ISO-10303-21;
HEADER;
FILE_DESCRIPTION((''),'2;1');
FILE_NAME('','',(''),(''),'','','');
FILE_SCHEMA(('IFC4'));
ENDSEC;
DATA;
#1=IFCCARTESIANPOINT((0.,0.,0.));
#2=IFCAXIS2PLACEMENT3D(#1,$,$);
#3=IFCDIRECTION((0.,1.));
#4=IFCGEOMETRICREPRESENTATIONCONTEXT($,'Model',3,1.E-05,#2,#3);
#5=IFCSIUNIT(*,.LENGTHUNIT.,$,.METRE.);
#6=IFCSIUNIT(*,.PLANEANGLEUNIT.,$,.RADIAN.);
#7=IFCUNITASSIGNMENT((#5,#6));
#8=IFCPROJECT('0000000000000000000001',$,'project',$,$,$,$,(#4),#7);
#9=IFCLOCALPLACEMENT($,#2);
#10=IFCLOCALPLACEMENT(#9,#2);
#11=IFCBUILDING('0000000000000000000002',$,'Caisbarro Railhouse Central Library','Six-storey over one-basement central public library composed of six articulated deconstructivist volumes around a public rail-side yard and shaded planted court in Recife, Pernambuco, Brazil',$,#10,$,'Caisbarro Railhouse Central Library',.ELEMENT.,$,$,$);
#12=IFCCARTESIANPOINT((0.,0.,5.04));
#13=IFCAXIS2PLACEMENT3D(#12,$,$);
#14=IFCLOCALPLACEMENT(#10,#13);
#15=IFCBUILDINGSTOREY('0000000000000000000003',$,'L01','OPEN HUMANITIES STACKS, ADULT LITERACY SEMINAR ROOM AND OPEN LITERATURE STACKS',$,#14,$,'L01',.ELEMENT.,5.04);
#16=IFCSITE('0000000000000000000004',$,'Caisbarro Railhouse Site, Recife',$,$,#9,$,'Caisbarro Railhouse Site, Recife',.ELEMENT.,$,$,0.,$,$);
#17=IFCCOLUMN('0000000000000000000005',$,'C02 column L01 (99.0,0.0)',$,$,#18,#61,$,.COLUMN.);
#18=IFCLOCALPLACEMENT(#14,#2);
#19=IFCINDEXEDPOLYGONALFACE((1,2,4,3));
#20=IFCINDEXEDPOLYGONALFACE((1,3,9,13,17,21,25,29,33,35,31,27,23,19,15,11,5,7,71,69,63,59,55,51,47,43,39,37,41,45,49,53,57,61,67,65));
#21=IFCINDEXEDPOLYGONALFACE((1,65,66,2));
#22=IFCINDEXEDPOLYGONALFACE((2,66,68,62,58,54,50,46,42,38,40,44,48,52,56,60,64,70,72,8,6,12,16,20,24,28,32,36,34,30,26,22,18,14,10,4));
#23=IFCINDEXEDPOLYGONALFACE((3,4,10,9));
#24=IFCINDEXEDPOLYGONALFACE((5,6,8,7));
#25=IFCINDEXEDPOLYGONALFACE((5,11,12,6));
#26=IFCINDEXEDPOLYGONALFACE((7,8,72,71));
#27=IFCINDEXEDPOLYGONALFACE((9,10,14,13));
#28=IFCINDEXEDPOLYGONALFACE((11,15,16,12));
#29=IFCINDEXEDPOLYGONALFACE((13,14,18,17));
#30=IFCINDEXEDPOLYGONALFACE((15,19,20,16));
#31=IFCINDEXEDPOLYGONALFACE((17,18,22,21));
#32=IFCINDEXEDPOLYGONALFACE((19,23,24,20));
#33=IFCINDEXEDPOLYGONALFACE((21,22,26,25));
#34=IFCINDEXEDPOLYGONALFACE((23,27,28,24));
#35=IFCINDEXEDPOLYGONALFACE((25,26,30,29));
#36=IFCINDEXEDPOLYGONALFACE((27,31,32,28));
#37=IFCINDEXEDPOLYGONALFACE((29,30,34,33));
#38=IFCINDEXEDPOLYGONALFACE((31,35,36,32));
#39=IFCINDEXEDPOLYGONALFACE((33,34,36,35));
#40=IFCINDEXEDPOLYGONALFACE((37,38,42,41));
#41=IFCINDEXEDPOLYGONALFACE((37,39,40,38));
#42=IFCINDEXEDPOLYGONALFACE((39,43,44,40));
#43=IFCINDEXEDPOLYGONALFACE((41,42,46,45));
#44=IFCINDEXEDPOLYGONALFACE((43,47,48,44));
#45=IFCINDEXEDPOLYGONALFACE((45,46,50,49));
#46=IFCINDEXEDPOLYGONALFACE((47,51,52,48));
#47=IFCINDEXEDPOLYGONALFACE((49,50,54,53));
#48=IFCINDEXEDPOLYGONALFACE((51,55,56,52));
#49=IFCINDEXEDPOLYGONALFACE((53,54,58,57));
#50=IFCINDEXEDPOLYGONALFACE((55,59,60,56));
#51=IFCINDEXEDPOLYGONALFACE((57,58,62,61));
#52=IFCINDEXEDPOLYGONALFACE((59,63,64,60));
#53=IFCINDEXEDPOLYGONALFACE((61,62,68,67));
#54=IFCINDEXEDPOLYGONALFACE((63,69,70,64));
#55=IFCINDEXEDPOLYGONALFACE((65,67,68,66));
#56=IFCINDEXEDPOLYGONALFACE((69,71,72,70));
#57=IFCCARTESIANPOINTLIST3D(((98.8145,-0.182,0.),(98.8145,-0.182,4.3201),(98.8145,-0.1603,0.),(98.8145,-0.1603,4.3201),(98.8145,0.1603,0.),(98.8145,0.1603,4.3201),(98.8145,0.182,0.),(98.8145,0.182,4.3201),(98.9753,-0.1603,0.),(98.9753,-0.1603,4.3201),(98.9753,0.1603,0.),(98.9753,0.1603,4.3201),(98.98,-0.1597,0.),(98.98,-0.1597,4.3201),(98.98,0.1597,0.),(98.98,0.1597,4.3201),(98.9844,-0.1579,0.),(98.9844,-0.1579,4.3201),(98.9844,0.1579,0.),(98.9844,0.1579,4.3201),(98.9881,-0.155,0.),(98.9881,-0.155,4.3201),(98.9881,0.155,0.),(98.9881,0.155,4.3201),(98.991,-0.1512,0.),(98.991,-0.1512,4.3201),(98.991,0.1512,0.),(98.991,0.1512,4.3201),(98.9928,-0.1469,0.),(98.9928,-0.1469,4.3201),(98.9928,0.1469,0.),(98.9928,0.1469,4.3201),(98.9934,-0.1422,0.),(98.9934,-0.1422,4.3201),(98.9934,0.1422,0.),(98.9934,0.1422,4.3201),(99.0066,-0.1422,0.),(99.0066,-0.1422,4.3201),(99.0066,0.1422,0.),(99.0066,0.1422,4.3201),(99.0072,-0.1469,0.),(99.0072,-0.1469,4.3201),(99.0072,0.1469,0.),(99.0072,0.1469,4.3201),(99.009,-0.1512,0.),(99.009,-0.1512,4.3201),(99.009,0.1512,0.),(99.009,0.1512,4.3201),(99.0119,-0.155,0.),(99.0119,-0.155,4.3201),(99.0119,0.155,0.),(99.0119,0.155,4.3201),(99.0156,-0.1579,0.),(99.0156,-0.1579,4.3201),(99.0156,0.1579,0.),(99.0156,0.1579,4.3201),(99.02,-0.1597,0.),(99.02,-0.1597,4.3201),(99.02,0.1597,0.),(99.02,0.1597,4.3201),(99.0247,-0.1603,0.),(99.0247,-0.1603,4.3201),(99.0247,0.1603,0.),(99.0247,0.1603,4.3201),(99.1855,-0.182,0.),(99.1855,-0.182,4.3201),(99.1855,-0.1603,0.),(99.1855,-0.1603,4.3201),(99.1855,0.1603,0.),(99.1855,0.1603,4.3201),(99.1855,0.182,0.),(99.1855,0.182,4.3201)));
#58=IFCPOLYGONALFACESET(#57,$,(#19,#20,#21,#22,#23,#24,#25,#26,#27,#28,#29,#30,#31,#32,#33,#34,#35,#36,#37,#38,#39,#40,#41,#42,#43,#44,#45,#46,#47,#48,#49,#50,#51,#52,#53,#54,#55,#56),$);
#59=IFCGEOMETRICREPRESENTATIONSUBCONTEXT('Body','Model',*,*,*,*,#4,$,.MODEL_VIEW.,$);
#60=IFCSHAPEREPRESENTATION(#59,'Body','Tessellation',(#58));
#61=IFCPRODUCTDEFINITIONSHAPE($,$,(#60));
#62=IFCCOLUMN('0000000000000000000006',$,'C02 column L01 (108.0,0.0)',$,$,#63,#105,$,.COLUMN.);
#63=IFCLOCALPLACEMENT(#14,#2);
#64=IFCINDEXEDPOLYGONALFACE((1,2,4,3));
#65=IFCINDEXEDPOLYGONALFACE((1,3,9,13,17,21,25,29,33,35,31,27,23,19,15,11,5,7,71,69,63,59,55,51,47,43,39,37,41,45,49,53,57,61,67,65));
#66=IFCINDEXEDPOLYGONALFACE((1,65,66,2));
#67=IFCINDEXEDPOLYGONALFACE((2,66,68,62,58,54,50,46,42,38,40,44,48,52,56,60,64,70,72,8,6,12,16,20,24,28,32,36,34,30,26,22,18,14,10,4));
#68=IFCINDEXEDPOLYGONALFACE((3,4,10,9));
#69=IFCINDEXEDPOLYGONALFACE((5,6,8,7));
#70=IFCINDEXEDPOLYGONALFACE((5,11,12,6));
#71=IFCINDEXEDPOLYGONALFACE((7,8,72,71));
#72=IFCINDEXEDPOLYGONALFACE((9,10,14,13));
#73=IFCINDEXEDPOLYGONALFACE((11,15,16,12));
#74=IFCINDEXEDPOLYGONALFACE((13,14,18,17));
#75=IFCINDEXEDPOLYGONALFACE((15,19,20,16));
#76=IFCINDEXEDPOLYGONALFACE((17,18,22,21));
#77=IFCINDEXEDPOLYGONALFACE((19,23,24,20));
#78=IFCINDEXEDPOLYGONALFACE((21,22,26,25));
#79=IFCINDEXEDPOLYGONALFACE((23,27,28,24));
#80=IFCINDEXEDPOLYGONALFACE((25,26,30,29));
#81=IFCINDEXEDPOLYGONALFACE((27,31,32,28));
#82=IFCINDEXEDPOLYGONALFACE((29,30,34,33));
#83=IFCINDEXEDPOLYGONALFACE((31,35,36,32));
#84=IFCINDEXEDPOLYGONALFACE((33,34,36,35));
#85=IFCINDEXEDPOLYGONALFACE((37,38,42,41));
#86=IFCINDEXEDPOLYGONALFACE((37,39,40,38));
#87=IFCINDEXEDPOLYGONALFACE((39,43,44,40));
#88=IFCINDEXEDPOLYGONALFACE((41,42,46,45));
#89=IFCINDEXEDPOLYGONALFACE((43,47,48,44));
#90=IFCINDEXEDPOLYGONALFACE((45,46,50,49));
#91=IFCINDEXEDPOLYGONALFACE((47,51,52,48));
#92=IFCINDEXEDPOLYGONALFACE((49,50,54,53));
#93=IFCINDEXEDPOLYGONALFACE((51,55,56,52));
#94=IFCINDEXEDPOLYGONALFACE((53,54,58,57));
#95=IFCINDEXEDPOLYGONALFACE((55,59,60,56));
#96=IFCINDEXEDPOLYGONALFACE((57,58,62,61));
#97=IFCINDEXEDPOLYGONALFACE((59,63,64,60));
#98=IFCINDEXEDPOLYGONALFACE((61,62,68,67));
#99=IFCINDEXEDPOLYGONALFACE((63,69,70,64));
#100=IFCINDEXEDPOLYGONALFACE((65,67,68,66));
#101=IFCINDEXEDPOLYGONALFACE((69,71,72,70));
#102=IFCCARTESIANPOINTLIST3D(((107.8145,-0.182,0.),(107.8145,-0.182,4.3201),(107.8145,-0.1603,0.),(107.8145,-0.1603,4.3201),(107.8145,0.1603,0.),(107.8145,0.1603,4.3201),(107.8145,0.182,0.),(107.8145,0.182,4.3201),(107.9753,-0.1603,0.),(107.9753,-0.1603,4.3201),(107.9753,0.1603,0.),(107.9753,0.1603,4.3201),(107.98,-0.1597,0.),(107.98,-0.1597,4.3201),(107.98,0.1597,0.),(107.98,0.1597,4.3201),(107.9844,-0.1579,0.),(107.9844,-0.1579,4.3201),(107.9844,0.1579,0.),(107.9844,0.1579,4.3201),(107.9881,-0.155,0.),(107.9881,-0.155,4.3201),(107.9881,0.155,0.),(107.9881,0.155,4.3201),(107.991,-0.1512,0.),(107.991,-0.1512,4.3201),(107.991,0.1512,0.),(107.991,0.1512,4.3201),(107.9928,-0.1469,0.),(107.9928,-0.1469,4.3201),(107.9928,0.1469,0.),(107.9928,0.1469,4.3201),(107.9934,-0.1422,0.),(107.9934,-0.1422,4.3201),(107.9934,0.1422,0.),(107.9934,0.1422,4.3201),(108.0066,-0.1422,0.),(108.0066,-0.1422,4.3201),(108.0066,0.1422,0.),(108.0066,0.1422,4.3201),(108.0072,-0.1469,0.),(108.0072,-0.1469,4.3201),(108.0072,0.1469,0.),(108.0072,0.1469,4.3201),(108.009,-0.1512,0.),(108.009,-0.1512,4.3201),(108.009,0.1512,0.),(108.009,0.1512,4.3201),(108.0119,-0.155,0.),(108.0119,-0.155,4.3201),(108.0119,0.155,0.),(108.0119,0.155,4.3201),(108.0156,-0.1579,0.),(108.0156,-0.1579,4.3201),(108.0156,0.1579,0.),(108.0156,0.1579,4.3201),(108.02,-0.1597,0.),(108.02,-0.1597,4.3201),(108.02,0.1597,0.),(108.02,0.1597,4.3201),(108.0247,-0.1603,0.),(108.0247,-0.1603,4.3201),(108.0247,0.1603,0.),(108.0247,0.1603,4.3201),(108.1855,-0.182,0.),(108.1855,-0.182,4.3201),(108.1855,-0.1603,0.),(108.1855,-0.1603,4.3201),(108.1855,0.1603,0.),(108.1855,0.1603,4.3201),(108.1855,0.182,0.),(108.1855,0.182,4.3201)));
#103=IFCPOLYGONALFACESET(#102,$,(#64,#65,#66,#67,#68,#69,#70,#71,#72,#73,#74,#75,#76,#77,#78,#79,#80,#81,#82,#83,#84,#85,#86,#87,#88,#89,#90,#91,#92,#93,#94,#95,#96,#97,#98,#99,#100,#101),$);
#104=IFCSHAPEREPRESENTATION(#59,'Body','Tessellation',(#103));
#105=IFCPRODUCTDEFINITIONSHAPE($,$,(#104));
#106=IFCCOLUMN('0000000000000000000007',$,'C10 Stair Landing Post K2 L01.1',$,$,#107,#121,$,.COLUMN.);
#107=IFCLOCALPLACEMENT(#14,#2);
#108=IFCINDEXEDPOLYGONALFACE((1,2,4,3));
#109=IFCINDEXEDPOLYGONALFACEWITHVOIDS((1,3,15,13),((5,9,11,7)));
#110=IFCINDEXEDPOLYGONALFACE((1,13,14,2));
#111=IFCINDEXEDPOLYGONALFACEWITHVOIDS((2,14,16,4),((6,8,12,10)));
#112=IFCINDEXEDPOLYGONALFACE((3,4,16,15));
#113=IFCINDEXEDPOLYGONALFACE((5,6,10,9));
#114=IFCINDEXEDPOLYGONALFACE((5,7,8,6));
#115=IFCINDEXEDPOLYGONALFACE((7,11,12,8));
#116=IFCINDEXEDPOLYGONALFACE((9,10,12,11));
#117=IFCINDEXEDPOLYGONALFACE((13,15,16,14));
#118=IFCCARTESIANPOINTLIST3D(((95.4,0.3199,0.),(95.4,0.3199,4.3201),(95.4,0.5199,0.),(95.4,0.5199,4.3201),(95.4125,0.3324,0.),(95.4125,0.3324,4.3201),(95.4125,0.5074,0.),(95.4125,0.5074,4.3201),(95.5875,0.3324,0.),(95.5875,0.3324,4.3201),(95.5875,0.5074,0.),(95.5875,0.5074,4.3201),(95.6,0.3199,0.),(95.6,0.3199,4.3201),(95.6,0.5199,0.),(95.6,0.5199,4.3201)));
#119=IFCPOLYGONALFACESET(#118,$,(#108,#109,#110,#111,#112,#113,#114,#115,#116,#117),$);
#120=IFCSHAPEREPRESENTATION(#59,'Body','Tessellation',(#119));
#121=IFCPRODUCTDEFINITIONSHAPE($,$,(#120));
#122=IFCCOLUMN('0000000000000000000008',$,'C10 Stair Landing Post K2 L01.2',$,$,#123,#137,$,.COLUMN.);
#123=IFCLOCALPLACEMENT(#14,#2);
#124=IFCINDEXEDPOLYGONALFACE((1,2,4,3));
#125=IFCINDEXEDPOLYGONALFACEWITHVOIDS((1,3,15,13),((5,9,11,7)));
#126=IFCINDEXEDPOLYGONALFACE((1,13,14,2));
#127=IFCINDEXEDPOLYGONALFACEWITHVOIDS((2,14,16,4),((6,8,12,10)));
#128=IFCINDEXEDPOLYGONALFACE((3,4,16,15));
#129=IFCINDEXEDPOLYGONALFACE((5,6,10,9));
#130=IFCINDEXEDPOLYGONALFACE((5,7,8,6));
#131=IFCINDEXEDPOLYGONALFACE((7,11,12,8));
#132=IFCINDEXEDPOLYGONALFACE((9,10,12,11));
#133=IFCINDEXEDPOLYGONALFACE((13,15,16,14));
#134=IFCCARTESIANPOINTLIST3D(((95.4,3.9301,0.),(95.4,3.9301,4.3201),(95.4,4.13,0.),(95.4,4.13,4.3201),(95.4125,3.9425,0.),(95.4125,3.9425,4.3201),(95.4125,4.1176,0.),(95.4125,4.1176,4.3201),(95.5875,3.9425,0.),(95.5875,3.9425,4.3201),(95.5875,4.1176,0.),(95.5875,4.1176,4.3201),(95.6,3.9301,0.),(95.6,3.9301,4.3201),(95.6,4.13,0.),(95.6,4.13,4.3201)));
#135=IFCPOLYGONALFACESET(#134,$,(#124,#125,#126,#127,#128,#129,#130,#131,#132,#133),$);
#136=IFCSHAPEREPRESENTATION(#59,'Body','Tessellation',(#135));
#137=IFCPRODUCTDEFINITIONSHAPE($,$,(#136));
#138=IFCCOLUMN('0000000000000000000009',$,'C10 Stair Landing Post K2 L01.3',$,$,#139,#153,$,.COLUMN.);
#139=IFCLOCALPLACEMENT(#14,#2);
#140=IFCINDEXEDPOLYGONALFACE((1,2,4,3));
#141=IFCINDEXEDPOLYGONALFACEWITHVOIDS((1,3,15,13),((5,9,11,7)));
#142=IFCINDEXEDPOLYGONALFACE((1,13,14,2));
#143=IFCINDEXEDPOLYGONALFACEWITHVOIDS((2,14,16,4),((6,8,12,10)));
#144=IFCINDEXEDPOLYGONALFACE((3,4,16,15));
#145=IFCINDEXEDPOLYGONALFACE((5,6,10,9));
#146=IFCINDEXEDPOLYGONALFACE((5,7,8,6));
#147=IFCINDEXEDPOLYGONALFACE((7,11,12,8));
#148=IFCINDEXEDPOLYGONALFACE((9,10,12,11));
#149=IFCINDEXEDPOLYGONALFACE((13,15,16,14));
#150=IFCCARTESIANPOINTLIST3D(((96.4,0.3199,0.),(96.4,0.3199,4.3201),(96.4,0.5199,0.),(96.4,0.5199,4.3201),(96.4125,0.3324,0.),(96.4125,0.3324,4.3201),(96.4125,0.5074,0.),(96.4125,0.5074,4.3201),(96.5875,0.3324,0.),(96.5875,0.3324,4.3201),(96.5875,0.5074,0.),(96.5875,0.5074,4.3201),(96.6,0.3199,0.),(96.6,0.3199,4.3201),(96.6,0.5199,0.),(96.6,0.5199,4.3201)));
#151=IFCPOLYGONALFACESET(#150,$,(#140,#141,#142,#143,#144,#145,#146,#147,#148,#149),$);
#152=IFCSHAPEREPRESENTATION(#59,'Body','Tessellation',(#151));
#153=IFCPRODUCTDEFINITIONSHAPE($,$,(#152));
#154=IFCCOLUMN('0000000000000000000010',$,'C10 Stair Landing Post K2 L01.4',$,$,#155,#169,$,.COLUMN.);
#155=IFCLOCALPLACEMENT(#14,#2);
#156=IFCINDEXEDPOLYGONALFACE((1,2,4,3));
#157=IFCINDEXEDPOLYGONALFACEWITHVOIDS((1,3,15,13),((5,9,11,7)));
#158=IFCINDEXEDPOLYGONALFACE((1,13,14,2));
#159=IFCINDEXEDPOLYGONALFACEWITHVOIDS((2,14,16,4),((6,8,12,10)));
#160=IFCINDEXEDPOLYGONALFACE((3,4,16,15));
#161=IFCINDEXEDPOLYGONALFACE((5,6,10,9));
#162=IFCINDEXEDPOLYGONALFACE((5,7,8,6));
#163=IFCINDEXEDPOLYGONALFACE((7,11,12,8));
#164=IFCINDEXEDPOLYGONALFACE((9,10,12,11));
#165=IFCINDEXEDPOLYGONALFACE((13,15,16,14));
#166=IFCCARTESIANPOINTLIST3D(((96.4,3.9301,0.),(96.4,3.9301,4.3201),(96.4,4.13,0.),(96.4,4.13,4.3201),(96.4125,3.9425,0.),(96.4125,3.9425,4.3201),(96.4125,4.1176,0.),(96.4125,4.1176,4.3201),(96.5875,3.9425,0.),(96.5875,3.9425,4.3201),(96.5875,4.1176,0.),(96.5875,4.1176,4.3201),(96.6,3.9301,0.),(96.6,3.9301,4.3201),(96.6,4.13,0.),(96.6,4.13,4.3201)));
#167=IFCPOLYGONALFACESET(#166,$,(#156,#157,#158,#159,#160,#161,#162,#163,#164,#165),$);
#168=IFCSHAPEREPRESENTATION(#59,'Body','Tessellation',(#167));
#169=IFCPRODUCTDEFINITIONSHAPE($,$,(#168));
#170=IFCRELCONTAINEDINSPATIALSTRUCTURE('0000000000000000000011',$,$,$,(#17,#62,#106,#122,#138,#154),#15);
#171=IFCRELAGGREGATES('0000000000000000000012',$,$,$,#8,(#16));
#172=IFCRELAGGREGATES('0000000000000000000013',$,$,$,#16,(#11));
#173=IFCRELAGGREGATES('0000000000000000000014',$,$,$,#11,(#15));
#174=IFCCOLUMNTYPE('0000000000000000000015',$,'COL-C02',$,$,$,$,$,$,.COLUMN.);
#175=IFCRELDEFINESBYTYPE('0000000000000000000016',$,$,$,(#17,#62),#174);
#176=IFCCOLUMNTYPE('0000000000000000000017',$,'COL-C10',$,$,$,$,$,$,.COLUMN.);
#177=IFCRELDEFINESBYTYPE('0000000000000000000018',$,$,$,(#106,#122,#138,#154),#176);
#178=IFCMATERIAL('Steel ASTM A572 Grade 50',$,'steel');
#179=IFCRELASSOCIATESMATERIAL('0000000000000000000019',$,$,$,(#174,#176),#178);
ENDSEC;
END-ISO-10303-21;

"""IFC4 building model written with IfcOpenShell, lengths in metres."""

from ifc_helpers import new_model, si_unit, direction, frame, origin, origin_2d, place, context, subcontext, project, spatial, hollow_rectangle, i_section, extrude, material, material_profile, profile_set, type_object, element, save


model = new_model("IFC4")

# Units and contexts
model_context = context("Model", 3, precision=1e-05, world=origin(), true_north=direction((0.0, 1.0)))
body_context = subcontext(model_context, "Body", "Model", "MODEL_VIEW")
ifc_project = project(units=[si_unit("LENGTHUNIT", "METRE"), si_unit("PLANEANGLEUNIT", "RADIAN")], contexts=[model_context])

# Site, building, storey
site_placement = place(None, origin())
site = spatial("IfcSite", under=ifc_project, at=site_placement, Name="Caisbarro Railhouse Site, Recife", LongName="Caisbarro Railhouse Site, Recife", CompositionType="ELEMENT", RefElevation=0.0)
building_placement = place(site_placement, origin())
building = spatial("IfcBuilding", under=site, at=building_placement, Name="Caisbarro Railhouse Central Library", Description="Six-storey over one-basement central public library composed of six articulated deconstructivist volumes around a public rail-side yard and shaded planted court in Recife, Pernambuco, Brazil", LongName="Caisbarro Railhouse Central Library", CompositionType="ELEMENT")
storey_placement = place(building_placement, frame((0.0, 0.0, 5.04)))
storey = spatial("IfcBuildingStorey", under=building, at=storey_placement, Name="L01", Description="OPEN HUMANITIES STACKS, ADULT LITERACY SEMINAR ROOM AND OPEN LITERATURE STACKS", LongName="L01", CompositionType="ELEMENT", Elevation=5.04)

# Columns
ifc_material_1 = material(Name="Steel ASTM A572 Grade 50", Category="steel")
ifc_material_profile_1 = material_profile(ifc_material_1, i_section(OverallWidth=0.3711, OverallDepth=0.364, WebThickness=0.0132, FlangeThickness=0.0217, FilletRadius=0.0181, at=origin_2d()), Name="W360X162.0")
ifc_profile_set_1 = profile_set([ifc_material_profile_1], Name="Steel ASTM A572 Grade 50")
column_type_1 = type_object("IfcColumnType", Name="COL-C02", PredefinedType="COLUMN", material=ifc_profile_set_1)
for number, where, z_axis, x_axis, name in (
    (1, (99.0, 0.0, 0.0), (0.0, 0.0, 1.0), (1.0, 0.0, 0.0), "C02 column L01 (99.0,0.0)"),
    (2, (108.0, 0.0, 0.0), (0.0, 0.0, 1.0), (1.0, 0.0, 0.0), "C02 column L01 (108.0,0.0)"),
):
    element("IfcColumn", number, at=place(storey_placement, frame(where, z_axis=z_axis, x_axis=x_axis)), inside=storey, type_object=column_type_1, Name=name, PredefinedType="COLUMN", context=body_context, shape_type="SweptSolid", body=[
        extrude(i_section(OverallWidth=0.3711, OverallDepth=0.364, WebThickness=0.0132, FlangeThickness=0.0217, FilletRadius=0.0181, at=origin_2d()), origin(), (0.0, 0.0, 1.0), 4.3201),
    ])
ifc_material_profile_2 = material_profile(ifc_material_1, hollow_rectangle(XDim=0.2, YDim=0.2, WallThickness=0.0125, at=origin_2d()), Name="HSS200X200X12.5")
ifc_profile_set_2 = profile_set([ifc_material_profile_2], Name="Steel ASTM A572 Grade 50")
column_type_2 = type_object("IfcColumnType", Name="COL-C10", PredefinedType="COLUMN", material=ifc_profile_set_2)
for number, where, z_axis, x_axis, name in (
    (3, (95.5, 0.4199, 0.0), (0.0, 0.0, 1.0), (1.0, 0.0, 0.0), "C10 Stair Landing Post K2 L01.1"),
    (4, (95.5, 4.03, 0.0), (0.0, 0.0, 1.0), (1.0, 0.0, 0.0), "C10 Stair Landing Post K2 L01.2"),
    (5, (96.5, 0.4199, 0.0), (0.0, 0.0, 1.0), (1.0, 0.0, 0.0), "C10 Stair Landing Post K2 L01.3"),
    (6, (96.5, 4.03, 0.0), (0.0, 0.0, 1.0), (1.0, 0.0, 0.0), "C10 Stair Landing Post K2 L01.4"),
):
    element("IfcColumn", number, at=place(storey_placement, frame(where, z_axis=z_axis, x_axis=x_axis)), inside=storey, type_object=column_type_2, Name=name, PredefinedType="COLUMN", context=body_context, shape_type="SweptSolid", body=[
        extrude(hollow_rectangle(XDim=0.2, YDim=0.2, WallThickness=0.0125, at=origin_2d()), origin(), (0.0, 0.0, 1.0), 4.3201),
    ])

save(model, "model.ifc")
